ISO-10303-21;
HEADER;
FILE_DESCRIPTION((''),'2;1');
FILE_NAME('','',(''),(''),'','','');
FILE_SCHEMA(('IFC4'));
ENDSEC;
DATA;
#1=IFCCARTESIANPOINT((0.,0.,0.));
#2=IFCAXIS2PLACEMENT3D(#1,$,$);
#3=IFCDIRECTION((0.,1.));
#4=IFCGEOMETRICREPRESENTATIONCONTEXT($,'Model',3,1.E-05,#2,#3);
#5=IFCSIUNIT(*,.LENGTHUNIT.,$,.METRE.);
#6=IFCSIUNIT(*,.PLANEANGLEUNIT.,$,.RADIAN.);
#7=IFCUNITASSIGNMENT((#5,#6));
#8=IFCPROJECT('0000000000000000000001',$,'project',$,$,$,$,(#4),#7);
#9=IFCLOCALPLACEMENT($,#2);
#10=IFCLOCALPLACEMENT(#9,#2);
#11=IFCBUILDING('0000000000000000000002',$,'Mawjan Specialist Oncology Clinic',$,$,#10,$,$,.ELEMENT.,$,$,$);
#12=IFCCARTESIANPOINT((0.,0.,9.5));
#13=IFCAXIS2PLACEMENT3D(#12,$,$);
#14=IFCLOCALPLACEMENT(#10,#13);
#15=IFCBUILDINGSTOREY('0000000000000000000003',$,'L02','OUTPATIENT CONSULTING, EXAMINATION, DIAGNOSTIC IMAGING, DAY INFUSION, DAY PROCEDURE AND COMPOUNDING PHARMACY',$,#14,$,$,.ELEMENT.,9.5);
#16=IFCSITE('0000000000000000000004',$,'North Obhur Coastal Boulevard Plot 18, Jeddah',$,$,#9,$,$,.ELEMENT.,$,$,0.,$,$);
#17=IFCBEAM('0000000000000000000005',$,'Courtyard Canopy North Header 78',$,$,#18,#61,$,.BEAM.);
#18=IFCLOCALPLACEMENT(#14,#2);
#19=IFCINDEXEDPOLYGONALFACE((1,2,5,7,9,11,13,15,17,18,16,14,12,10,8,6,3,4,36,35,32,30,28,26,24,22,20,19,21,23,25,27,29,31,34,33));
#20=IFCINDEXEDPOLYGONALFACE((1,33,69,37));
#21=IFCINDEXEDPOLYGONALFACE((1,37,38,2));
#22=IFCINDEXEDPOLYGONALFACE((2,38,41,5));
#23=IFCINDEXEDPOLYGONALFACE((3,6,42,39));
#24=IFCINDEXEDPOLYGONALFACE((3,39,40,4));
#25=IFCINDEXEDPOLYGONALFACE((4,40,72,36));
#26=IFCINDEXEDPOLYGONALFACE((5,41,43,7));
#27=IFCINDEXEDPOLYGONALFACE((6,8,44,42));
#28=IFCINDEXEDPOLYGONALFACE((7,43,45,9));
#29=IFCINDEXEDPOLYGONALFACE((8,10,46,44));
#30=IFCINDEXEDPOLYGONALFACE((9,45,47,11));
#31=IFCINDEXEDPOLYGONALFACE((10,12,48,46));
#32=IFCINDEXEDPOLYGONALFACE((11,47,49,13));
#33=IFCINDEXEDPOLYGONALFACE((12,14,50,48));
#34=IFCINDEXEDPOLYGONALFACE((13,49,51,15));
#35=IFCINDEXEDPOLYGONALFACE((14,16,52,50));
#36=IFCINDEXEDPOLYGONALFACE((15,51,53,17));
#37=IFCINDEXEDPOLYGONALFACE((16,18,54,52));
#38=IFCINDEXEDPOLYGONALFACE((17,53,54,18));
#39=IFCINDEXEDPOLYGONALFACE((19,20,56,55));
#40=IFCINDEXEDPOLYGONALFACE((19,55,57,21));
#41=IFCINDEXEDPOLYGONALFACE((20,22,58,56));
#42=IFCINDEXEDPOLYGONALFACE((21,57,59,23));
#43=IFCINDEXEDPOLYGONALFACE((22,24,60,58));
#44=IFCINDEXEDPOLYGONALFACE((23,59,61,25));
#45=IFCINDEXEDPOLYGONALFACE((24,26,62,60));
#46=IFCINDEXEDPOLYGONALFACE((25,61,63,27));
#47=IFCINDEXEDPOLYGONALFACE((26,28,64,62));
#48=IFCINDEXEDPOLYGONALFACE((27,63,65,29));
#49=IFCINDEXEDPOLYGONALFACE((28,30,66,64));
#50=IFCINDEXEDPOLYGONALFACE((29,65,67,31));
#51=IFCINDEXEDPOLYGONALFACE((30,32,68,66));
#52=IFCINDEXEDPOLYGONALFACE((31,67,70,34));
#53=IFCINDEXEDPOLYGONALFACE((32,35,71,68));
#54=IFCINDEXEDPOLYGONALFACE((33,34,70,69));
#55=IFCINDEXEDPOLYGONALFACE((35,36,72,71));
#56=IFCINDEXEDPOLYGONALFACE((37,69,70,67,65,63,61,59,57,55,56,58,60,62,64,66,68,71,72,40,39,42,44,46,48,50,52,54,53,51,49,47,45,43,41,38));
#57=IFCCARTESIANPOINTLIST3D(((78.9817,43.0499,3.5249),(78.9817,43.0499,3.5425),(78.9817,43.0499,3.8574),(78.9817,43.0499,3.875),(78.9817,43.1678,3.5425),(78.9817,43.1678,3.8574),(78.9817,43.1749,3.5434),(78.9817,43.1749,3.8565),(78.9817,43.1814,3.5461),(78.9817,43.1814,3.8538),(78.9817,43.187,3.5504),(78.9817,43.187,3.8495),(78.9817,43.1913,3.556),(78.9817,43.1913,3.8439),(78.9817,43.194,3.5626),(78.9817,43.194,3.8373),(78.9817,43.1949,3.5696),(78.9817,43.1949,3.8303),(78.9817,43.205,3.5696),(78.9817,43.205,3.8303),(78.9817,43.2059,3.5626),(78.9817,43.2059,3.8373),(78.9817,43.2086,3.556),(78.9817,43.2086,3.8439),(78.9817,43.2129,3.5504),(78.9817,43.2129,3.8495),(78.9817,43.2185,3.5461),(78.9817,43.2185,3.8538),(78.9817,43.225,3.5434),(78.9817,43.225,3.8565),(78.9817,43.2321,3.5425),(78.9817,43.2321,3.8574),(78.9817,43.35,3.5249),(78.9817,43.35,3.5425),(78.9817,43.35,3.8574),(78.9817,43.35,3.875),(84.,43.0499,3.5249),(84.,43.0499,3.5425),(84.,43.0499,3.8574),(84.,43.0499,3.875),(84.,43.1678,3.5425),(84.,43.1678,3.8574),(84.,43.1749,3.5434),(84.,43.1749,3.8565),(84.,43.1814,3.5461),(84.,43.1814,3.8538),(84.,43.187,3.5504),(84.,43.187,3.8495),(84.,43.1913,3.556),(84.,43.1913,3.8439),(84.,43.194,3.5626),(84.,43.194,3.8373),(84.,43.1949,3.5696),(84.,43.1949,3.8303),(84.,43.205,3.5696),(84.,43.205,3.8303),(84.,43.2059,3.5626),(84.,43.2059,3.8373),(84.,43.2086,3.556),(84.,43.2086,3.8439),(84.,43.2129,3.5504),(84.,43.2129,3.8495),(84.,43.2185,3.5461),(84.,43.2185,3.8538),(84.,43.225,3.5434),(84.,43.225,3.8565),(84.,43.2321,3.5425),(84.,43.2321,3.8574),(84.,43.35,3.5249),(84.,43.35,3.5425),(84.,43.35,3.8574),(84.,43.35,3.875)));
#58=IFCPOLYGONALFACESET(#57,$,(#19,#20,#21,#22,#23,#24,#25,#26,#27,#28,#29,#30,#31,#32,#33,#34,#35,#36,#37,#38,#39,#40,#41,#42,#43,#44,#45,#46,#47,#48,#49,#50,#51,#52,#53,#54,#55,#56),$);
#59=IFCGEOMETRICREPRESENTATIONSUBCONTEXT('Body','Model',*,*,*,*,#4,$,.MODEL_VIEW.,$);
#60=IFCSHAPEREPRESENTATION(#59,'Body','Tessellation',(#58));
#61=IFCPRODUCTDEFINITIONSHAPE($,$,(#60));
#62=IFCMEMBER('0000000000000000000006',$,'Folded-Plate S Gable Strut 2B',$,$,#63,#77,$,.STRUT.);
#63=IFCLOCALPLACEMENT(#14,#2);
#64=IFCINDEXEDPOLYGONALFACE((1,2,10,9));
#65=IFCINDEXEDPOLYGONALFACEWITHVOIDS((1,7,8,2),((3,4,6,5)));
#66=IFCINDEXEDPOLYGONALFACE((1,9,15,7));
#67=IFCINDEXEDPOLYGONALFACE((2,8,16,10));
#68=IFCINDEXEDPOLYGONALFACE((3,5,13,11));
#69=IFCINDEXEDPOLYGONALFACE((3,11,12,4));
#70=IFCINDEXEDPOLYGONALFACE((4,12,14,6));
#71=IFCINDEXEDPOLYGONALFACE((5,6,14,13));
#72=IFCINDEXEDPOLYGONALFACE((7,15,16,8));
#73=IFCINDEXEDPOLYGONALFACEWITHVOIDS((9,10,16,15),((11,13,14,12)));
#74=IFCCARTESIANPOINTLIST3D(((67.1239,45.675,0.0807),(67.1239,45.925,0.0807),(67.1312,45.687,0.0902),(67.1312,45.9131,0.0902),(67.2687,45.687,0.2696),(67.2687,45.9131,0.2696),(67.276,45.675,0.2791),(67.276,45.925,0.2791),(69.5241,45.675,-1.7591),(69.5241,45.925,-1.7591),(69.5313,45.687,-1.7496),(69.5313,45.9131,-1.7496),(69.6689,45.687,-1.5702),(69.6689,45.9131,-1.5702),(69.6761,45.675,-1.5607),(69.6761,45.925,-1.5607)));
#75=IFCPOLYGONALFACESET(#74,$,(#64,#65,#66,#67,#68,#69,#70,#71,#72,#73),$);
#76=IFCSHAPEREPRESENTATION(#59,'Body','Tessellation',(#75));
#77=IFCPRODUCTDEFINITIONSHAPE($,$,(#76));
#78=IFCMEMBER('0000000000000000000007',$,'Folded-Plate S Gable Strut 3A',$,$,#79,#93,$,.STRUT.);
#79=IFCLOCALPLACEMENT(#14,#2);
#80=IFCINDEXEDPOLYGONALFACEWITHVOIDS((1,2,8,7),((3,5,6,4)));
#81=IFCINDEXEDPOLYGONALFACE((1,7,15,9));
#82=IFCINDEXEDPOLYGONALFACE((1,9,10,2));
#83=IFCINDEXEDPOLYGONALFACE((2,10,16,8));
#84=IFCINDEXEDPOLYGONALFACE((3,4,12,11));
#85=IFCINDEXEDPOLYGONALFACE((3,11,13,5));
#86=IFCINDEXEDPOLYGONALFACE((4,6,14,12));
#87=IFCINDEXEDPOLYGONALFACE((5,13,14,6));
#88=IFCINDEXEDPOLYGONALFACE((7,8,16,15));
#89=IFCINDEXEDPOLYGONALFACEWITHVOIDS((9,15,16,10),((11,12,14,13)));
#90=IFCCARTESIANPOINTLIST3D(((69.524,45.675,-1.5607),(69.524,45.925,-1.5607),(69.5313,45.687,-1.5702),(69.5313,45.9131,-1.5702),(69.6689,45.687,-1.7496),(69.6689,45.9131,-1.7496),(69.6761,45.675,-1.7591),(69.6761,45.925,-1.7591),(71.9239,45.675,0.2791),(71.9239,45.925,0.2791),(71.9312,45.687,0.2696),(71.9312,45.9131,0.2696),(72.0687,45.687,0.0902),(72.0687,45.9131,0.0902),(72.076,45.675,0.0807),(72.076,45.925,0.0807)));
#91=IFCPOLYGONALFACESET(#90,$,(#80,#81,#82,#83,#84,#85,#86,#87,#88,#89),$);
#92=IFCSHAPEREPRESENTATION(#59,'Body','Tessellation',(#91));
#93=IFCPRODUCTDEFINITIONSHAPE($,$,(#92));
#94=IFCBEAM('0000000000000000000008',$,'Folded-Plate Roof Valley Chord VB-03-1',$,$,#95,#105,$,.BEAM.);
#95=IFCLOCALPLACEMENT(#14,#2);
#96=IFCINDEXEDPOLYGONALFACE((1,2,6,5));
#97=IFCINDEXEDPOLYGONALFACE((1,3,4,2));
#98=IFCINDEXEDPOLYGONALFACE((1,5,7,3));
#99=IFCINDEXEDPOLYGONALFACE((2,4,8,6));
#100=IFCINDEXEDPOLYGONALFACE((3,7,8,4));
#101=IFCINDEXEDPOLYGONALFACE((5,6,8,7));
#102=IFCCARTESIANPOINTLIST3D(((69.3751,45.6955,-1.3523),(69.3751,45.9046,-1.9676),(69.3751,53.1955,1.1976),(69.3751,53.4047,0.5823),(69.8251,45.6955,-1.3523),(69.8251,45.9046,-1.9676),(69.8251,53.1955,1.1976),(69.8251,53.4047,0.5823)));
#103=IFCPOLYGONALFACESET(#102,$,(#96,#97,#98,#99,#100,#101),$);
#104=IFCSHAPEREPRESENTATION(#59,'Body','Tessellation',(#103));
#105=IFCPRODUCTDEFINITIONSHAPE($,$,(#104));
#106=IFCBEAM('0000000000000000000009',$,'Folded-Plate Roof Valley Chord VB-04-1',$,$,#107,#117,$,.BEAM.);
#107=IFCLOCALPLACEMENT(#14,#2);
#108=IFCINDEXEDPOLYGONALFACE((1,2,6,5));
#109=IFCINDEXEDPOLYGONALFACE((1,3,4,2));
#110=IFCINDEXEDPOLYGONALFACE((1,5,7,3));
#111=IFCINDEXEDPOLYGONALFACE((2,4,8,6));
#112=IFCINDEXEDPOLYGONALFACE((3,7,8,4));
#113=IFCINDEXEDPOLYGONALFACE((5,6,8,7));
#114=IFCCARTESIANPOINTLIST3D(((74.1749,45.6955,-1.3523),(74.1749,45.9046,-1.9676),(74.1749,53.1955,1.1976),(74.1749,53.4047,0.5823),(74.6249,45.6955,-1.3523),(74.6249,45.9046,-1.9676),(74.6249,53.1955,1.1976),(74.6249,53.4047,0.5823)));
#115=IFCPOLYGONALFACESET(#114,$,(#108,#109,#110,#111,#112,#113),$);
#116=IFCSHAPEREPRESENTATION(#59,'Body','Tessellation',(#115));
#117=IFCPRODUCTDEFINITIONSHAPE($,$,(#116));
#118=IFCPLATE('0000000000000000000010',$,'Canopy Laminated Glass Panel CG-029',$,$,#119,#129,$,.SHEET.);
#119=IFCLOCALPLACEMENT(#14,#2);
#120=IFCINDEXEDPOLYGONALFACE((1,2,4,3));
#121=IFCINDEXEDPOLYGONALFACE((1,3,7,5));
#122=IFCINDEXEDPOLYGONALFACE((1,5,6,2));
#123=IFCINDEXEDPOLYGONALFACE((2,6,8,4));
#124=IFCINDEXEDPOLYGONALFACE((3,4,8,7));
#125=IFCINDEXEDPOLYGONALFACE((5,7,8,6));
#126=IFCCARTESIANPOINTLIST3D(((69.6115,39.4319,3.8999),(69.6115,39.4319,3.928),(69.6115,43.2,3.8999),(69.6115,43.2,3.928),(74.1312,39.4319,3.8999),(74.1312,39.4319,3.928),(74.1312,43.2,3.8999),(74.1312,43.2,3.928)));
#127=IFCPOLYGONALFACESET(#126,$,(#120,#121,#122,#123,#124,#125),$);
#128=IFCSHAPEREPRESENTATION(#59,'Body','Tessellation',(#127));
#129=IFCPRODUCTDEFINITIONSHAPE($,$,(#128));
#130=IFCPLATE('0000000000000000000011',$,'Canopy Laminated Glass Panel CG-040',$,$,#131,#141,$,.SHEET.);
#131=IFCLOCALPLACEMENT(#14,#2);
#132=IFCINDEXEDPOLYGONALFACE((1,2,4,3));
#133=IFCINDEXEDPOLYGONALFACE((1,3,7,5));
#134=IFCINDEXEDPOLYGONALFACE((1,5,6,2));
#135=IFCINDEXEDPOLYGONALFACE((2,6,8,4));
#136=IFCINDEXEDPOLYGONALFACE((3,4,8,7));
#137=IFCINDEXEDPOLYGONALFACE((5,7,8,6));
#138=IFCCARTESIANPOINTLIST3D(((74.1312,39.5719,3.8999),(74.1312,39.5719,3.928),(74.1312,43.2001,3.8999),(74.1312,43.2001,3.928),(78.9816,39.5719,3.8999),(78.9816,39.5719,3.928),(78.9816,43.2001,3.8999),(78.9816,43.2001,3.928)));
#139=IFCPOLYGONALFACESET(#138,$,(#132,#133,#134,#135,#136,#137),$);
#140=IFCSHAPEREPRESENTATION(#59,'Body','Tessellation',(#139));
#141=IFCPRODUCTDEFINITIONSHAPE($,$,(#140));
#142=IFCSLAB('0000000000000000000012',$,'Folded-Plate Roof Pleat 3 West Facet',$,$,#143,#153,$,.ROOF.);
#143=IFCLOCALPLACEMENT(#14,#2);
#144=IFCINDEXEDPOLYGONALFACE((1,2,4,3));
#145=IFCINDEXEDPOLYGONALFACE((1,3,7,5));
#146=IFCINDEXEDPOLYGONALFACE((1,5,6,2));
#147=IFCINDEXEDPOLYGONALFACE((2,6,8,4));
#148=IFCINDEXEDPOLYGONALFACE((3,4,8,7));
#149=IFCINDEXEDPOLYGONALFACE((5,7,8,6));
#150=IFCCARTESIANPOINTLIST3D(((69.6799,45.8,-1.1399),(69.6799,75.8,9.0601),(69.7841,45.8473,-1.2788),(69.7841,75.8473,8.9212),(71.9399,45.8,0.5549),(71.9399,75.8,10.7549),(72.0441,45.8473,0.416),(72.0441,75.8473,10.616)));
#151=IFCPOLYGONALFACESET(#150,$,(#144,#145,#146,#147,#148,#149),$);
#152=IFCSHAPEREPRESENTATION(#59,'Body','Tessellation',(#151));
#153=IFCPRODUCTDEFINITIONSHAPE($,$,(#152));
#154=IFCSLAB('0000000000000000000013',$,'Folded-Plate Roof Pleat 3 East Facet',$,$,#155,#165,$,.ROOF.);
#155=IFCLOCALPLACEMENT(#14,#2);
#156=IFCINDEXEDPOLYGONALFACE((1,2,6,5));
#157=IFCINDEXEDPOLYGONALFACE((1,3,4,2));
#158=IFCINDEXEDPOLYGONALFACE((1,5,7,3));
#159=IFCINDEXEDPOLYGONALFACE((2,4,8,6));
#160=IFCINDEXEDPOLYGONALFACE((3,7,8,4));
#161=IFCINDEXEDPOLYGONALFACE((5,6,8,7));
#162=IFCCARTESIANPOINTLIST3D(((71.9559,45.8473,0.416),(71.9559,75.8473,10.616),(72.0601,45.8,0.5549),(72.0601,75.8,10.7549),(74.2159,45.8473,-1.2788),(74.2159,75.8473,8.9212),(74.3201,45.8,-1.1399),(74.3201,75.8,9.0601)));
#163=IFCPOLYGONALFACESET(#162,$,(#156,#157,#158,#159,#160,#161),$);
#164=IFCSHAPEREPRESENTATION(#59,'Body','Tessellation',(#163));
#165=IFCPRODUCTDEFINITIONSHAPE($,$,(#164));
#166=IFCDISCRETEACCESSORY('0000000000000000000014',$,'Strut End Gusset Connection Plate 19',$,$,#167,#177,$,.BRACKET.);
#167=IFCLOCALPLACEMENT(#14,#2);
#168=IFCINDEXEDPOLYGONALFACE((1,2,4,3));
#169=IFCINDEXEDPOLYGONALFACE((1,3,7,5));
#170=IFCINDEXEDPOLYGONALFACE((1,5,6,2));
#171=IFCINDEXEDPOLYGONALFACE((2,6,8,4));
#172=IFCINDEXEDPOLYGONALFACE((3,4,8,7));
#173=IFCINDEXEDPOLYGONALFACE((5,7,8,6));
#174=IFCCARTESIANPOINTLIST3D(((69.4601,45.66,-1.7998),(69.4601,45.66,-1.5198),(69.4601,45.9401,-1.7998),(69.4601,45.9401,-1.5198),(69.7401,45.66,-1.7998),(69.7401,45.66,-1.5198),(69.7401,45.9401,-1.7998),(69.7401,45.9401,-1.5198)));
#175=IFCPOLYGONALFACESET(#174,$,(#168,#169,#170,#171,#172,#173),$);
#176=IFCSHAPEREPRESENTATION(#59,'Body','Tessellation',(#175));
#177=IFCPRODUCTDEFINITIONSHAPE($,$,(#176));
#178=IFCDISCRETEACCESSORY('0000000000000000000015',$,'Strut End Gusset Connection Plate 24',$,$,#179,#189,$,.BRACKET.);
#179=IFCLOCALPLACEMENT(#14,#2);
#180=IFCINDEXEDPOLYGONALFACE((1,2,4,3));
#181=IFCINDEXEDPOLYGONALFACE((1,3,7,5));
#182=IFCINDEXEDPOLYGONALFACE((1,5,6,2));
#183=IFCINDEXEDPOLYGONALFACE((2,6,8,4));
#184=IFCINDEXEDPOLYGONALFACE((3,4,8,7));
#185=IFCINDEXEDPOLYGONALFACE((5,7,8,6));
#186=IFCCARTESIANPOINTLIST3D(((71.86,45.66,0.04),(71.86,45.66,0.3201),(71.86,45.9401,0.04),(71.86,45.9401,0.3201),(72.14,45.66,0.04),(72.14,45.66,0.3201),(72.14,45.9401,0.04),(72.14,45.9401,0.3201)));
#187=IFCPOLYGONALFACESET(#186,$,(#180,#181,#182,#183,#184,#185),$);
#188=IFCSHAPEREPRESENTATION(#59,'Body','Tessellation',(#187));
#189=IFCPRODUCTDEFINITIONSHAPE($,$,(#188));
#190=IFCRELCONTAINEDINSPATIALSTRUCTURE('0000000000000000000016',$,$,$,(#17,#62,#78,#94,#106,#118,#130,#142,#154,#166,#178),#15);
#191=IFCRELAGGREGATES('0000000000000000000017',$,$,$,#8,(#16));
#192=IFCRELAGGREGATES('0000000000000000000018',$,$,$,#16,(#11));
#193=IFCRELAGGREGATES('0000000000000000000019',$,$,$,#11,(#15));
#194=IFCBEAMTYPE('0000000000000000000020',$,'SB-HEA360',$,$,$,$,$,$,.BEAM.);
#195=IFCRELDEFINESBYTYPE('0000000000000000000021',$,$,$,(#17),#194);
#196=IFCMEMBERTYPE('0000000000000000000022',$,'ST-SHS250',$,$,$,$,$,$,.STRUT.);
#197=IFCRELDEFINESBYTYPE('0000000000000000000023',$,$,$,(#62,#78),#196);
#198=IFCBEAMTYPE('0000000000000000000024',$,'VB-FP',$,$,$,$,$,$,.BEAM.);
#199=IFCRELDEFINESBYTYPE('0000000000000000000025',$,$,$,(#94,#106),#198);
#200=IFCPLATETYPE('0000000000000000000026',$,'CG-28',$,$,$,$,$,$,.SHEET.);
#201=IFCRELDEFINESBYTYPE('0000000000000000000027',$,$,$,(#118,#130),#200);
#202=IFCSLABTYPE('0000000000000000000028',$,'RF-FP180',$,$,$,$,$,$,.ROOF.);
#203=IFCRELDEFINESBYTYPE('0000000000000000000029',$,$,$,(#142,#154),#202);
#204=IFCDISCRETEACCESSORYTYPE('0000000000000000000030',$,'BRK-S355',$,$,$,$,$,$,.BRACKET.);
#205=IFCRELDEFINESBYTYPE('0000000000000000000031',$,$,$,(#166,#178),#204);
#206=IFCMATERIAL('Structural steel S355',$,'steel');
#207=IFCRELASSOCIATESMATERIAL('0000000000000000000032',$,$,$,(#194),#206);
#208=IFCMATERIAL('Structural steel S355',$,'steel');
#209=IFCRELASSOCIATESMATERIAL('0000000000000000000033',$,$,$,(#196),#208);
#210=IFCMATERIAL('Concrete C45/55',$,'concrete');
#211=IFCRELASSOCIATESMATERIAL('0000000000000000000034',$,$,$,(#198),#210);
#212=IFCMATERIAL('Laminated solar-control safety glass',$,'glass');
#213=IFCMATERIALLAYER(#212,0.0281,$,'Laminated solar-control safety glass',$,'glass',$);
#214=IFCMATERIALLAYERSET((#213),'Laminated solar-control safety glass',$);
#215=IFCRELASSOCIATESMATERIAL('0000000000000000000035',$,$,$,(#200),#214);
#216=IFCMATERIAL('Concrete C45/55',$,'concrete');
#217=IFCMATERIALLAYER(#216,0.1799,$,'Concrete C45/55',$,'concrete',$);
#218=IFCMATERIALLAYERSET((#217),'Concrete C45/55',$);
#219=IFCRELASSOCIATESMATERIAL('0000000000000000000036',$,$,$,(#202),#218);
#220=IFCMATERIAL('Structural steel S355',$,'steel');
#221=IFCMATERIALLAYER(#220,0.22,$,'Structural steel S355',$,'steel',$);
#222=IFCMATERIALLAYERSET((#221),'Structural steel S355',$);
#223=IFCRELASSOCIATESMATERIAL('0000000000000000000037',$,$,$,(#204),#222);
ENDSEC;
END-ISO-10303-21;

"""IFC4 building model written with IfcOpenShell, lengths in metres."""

from ifc_helpers import new_model, si_unit, direction, frame, origin, origin_2d, place, context, subcontext, project, spatial, polyline, rectangle, hollow_rectangle, i_section, outline, extrude, material, layer, layer_set, material_profile, profile_set, type_object, element, save


model = new_model("IFC4")

# Units and contexts
model_context = context("Model", 3, precision=1e-05, world=origin(), true_north=direction((0.0, 1.0)))
body_context = subcontext(model_context, "Body", "Model", "MODEL_VIEW")
ifc_project = project(units=[si_unit("LENGTHUNIT", "METRE"), si_unit("PLANEANGLEUNIT", "RADIAN")], contexts=[model_context])

# Site, building, storey
site_placement = place(None, origin())
site = spatial("IfcSite", under=ifc_project, at=site_placement, Name="North Obhur Coastal Boulevard Plot 18, Jeddah", CompositionType="ELEMENT", RefElevation=0.0)
building_placement = place(site_placement, origin())
building = spatial("IfcBuilding", under=site, at=building_placement, Name="Mawjan Specialist Oncology Clinic", CompositionType="ELEMENT")
storey_placement = place(building_placement, frame((0.0, 0.0, 9.5)))
storey = spatial("IfcBuildingStorey", under=building, at=storey_placement, Name="L02", Description="OUTPATIENT CONSULTING, EXAMINATION, DIAGNOSTIC IMAGING, DAY INFUSION, DAY PROCEDURE AND COMPOUNDING PHARMACY", CompositionType="ELEMENT", Elevation=9.5)

# Beam
ifc_material_1 = material(Name="Structural steel S355", Category="steel")
ifc_material_profile_1 = material_profile(ifc_material_1, i_section(OverallWidth=0.3, OverallDepth=0.3501, WebThickness=0.01, FlangeThickness=0.0176, FilletRadius=0.0271, at=origin_2d()), Name="HEA 360", Category="steel")
ifc_profile_set_1 = profile_set([ifc_material_profile_1], Name="Structural steel S355")
beam_type_1 = type_object("IfcBeamType", Name="SB-HEA360", PredefinedType="BEAM", material=ifc_profile_set_1)
beam_1_placement = place(storey_placement, frame((78.9817, 43.2, 3.7), z_axis=(1.0, 0.0, 0.0), x_axis=(0.0, 1.0, 0.0)))
element("IfcBeam", 1, at=beam_1_placement, inside=storey, type_object=beam_type_1, Name="Courtyard Canopy North Header 78", PredefinedType="BEAM", context=body_context, shape_type="SweptSolid", body=[
    extrude(i_section(OverallWidth=0.3, OverallDepth=0.3501, WebThickness=0.01, FlangeThickness=0.0176, FilletRadius=0.0271, at=origin_2d()), origin(), (0.0, 0.0, 1.0), 5.0183),
])

# Members
ifc_material_2 = material(Name="Structural steel S355", Category="steel")
ifc_material_profile_2 = material_profile(ifc_material_2, hollow_rectangle(XDim=0.25, YDim=0.25, WallThickness=0.012, at=origin_2d()), Name="SHS 250x250x12", Category="steel")
ifc_profile_set_2 = profile_set([ifc_material_profile_2], Name="Structural steel S355")
member_type_1 = type_object("IfcMemberType", Name="ST-SHS250", PredefinedType="STRUT", material=ifc_profile_set_2)
member_1_placement = place(storey_placement, frame((69.6001, 45.8, -1.6599), z_axis=(-0.793649, 0.0, 0.608376), x_axis=(0.0, -1.0, 0.0)))
element("IfcMember", 2, at=member_1_placement, inside=storey, type_object=member_type_1, Name="Folded-Plate S Gable Strut 2B", PredefinedType="STRUT", context=body_context, shape_type="SweptSolid", body=[
    extrude(hollow_rectangle(XDim=0.25, YDim=0.25, WallThickness=0.012, at=origin_2d()), origin(), (0.0, 0.0, 1.0), 3.0242),
])
member_2_placement = place(storey_placement, frame((69.6001, 45.8, -1.6599), z_axis=(0.793619, 0.0, 0.608415), x_axis=(0.0, 1.0, 0.0)))
element("IfcMember", 3, at=member_2_placement, inside=storey, type_object=member_type_1, Name="Folded-Plate S Gable Strut 3A", PredefinedType="STRUT", context=body_context, shape_type="SweptSolid", body=[
    extrude(hollow_rectangle(XDim=0.25, YDim=0.25, WallThickness=0.012, at=origin_2d()), origin(), (0.0, 0.0, 1.0), 3.0239),
])

# Beams
ifc_material_3 = material(Name="Concrete C45/55", Category="concrete")
ifc_material_profile_3 = material_profile(ifc_material_3, rectangle(XDim=0.45, YDim=0.6499, at=origin_2d()), Name="RC VALLEY 450x650", Category="concrete")
ifc_profile_set_3 = profile_set([ifc_material_profile_3], Name="Concrete C45/55")
beam_type_2 = type_object("IfcBeamType", Name="VB-FP", PredefinedType="BEAM", material=ifc_profile_set_3)
for number, where, z_axis, x_axis, name in (
    (4, (69.6001, 45.8, -1.6599), (0.0, 0.94678, 0.321881), (-1.0, 0.0, 0.0), "Folded-Plate Roof Valley Chord VB-03-1"),
    (5, (74.3999, 45.8, -1.6599), (0.0, 0.94678, 0.321881), (-1.0, 0.0, 0.0), "Folded-Plate Roof Valley Chord VB-04-1"),
):
    element("IfcBeam", number, at=place(storey_placement, frame(where, z_axis=z_axis, x_axis=x_axis)), inside=storey, type_object=beam_type_2, Name=name, PredefinedType="BEAM", context=body_context, shape_type="SweptSolid", body=[
        extrude(rectangle(XDim=0.45, YDim=0.6499, at=origin_2d()), origin(), (0.0, 0.0, 1.0), 7.9216),
    ])

# Plates
ifc_material_4 = material(Name="Laminated solar-control safety glass", Category="glass")
ifc_layer_1 = layer(ifc_material_4, 0.0281, Name="Laminated solar-control safety glass", Category="glass")
ifc_layer_set_1 = layer_set([ifc_layer_1], Name="Laminated solar-control safety glass")
plate_type = type_object("IfcPlateType", Name="CG-28", PredefinedType="SHEET", material=ifc_layer_set_1)
plate_1_placement = place(storey_placement, frame((71.8713, 41.3159, 3.8999), z_axis=(0.0, 0.0, 1.0), x_axis=(1.0, 0.0, 0.0)))
element("IfcPlate", 6, at=plate_1_placement, inside=storey, type_object=plate_type, Name="Canopy Laminated Glass Panel CG-029", PredefinedType="SHEET", context=body_context, shape_type="SweptSolid", body=[
    extrude(rectangle(XDim=4.5198, YDim=3.7681, at=origin_2d()), origin(), (0.0, 0.0, 1.0), 0.0281),
])
plate_2_placement = place(storey_placement, frame((76.5564, 41.386, 3.8999), z_axis=(0.0, 0.0, 1.0), x_axis=(1.0, 0.0, 0.0)))
element("IfcPlate", 7, at=plate_2_placement, inside=storey, type_object=plate_type, Name="Canopy Laminated Glass Panel CG-040", PredefinedType="SHEET", context=body_context, shape_type="SweptSolid", body=[
    extrude(rectangle(XDim=4.8503, YDim=3.6282, at=origin_2d()), origin(), (0.0, 0.0, 1.0), 0.0281),
])

# Slabs
ifc_material_5 = material(Name="Concrete C45/55", Category="concrete")
ifc_layer_2 = layer(ifc_material_5, 0.1799, Name="Concrete C45/55", Category="concrete")
ifc_layer_set_2 = layer_set([ifc_layer_2], Name="Concrete C45/55")
slab_type = type_object("IfcSlabType", Name="RF-FP180", PredefinedType="ROOF", material=ifc_layer_set_2)
slab_1_placement = place(storey_placement, frame((69.6799, 45.8, -1.1399), z_axis=(-0.578924, -0.262472, 0.771982), x_axis=(0.800031, 0.0, 0.599959)))
element("IfcSlab", 8, at=slab_1_placement, inside=storey, type_object=slab_type, Name="Folded-Plate Roof Pleat 3 West Facet", PredefinedType="ROOF", context=body_context, shape_type="SweptSolid", body=[
    extrude(outline(polyline([(0.0, 0.0), (2.8249, 0.0), (8.9444, 31.09), (6.1195, 31.09), (0.0, 0.0)])), origin(), (0.0, 0.0, -1.0), 0.1799),
])
slab_2_placement = place(storey_placement, frame((72.0601, 45.8, 0.5549), z_axis=(0.578924, -0.262472, 0.771982), x_axis=(0.800031, 0.0, -0.599959)))
element("IfcSlab", 9, at=slab_2_placement, inside=storey, type_object=slab_type, Name="Folded-Plate Roof Pleat 3 East Facet", PredefinedType="ROOF", context=body_context, shape_type="SweptSolid", body=[
    extrude(outline(polyline([(0.0, 0.0), (2.8249, 0.0), (-3.2946, 31.09), (-6.1195, 31.09), (0.0, 0.0)])), origin(), (0.0, 0.0, -1.0), 0.1799),
])

# Discrete accessories
ifc_material_6 = material(Name="Structural steel S355", Category="steel")
ifc_layer_3 = layer(ifc_material_6, 0.22, Name="Structural steel S355", Category="steel")
ifc_layer_set_3 = layer_set([ifc_layer_3], Name="Structural steel S355")
discrete_accessory_type = type_object("IfcDiscreteAccessoryType", Name="BRK-S355", PredefinedType="BRACKET", material=ifc_layer_set_3)
for number, where, z_axis, x_axis, name in (
    (10, (69.6001, 45.8, -1.7998), (0.0, 0.0, 1.0), (1.0, 0.0, 0.0), "Strut End Gusset Connection Plate 19"),
    (11, (72.0, 45.8, 0.04), (0.0, 0.0, 1.0), (1.0, 0.0, 0.0), "Strut End Gusset Connection Plate 24"),
):
    element("IfcDiscreteAccessory", number, at=place(storey_placement, frame(where, z_axis=z_axis, x_axis=x_axis)), inside=storey, type_object=discrete_accessory_type, Name=name, PredefinedType="BRACKET", context=body_context, shape_type="SweptSolid", body=[
        extrude(rectangle(XDim=0.28, YDim=0.28, at=origin_2d()), origin(), (0.0, 0.0, 1.0), 0.28),
    ])

save(model, "model.ifc")
